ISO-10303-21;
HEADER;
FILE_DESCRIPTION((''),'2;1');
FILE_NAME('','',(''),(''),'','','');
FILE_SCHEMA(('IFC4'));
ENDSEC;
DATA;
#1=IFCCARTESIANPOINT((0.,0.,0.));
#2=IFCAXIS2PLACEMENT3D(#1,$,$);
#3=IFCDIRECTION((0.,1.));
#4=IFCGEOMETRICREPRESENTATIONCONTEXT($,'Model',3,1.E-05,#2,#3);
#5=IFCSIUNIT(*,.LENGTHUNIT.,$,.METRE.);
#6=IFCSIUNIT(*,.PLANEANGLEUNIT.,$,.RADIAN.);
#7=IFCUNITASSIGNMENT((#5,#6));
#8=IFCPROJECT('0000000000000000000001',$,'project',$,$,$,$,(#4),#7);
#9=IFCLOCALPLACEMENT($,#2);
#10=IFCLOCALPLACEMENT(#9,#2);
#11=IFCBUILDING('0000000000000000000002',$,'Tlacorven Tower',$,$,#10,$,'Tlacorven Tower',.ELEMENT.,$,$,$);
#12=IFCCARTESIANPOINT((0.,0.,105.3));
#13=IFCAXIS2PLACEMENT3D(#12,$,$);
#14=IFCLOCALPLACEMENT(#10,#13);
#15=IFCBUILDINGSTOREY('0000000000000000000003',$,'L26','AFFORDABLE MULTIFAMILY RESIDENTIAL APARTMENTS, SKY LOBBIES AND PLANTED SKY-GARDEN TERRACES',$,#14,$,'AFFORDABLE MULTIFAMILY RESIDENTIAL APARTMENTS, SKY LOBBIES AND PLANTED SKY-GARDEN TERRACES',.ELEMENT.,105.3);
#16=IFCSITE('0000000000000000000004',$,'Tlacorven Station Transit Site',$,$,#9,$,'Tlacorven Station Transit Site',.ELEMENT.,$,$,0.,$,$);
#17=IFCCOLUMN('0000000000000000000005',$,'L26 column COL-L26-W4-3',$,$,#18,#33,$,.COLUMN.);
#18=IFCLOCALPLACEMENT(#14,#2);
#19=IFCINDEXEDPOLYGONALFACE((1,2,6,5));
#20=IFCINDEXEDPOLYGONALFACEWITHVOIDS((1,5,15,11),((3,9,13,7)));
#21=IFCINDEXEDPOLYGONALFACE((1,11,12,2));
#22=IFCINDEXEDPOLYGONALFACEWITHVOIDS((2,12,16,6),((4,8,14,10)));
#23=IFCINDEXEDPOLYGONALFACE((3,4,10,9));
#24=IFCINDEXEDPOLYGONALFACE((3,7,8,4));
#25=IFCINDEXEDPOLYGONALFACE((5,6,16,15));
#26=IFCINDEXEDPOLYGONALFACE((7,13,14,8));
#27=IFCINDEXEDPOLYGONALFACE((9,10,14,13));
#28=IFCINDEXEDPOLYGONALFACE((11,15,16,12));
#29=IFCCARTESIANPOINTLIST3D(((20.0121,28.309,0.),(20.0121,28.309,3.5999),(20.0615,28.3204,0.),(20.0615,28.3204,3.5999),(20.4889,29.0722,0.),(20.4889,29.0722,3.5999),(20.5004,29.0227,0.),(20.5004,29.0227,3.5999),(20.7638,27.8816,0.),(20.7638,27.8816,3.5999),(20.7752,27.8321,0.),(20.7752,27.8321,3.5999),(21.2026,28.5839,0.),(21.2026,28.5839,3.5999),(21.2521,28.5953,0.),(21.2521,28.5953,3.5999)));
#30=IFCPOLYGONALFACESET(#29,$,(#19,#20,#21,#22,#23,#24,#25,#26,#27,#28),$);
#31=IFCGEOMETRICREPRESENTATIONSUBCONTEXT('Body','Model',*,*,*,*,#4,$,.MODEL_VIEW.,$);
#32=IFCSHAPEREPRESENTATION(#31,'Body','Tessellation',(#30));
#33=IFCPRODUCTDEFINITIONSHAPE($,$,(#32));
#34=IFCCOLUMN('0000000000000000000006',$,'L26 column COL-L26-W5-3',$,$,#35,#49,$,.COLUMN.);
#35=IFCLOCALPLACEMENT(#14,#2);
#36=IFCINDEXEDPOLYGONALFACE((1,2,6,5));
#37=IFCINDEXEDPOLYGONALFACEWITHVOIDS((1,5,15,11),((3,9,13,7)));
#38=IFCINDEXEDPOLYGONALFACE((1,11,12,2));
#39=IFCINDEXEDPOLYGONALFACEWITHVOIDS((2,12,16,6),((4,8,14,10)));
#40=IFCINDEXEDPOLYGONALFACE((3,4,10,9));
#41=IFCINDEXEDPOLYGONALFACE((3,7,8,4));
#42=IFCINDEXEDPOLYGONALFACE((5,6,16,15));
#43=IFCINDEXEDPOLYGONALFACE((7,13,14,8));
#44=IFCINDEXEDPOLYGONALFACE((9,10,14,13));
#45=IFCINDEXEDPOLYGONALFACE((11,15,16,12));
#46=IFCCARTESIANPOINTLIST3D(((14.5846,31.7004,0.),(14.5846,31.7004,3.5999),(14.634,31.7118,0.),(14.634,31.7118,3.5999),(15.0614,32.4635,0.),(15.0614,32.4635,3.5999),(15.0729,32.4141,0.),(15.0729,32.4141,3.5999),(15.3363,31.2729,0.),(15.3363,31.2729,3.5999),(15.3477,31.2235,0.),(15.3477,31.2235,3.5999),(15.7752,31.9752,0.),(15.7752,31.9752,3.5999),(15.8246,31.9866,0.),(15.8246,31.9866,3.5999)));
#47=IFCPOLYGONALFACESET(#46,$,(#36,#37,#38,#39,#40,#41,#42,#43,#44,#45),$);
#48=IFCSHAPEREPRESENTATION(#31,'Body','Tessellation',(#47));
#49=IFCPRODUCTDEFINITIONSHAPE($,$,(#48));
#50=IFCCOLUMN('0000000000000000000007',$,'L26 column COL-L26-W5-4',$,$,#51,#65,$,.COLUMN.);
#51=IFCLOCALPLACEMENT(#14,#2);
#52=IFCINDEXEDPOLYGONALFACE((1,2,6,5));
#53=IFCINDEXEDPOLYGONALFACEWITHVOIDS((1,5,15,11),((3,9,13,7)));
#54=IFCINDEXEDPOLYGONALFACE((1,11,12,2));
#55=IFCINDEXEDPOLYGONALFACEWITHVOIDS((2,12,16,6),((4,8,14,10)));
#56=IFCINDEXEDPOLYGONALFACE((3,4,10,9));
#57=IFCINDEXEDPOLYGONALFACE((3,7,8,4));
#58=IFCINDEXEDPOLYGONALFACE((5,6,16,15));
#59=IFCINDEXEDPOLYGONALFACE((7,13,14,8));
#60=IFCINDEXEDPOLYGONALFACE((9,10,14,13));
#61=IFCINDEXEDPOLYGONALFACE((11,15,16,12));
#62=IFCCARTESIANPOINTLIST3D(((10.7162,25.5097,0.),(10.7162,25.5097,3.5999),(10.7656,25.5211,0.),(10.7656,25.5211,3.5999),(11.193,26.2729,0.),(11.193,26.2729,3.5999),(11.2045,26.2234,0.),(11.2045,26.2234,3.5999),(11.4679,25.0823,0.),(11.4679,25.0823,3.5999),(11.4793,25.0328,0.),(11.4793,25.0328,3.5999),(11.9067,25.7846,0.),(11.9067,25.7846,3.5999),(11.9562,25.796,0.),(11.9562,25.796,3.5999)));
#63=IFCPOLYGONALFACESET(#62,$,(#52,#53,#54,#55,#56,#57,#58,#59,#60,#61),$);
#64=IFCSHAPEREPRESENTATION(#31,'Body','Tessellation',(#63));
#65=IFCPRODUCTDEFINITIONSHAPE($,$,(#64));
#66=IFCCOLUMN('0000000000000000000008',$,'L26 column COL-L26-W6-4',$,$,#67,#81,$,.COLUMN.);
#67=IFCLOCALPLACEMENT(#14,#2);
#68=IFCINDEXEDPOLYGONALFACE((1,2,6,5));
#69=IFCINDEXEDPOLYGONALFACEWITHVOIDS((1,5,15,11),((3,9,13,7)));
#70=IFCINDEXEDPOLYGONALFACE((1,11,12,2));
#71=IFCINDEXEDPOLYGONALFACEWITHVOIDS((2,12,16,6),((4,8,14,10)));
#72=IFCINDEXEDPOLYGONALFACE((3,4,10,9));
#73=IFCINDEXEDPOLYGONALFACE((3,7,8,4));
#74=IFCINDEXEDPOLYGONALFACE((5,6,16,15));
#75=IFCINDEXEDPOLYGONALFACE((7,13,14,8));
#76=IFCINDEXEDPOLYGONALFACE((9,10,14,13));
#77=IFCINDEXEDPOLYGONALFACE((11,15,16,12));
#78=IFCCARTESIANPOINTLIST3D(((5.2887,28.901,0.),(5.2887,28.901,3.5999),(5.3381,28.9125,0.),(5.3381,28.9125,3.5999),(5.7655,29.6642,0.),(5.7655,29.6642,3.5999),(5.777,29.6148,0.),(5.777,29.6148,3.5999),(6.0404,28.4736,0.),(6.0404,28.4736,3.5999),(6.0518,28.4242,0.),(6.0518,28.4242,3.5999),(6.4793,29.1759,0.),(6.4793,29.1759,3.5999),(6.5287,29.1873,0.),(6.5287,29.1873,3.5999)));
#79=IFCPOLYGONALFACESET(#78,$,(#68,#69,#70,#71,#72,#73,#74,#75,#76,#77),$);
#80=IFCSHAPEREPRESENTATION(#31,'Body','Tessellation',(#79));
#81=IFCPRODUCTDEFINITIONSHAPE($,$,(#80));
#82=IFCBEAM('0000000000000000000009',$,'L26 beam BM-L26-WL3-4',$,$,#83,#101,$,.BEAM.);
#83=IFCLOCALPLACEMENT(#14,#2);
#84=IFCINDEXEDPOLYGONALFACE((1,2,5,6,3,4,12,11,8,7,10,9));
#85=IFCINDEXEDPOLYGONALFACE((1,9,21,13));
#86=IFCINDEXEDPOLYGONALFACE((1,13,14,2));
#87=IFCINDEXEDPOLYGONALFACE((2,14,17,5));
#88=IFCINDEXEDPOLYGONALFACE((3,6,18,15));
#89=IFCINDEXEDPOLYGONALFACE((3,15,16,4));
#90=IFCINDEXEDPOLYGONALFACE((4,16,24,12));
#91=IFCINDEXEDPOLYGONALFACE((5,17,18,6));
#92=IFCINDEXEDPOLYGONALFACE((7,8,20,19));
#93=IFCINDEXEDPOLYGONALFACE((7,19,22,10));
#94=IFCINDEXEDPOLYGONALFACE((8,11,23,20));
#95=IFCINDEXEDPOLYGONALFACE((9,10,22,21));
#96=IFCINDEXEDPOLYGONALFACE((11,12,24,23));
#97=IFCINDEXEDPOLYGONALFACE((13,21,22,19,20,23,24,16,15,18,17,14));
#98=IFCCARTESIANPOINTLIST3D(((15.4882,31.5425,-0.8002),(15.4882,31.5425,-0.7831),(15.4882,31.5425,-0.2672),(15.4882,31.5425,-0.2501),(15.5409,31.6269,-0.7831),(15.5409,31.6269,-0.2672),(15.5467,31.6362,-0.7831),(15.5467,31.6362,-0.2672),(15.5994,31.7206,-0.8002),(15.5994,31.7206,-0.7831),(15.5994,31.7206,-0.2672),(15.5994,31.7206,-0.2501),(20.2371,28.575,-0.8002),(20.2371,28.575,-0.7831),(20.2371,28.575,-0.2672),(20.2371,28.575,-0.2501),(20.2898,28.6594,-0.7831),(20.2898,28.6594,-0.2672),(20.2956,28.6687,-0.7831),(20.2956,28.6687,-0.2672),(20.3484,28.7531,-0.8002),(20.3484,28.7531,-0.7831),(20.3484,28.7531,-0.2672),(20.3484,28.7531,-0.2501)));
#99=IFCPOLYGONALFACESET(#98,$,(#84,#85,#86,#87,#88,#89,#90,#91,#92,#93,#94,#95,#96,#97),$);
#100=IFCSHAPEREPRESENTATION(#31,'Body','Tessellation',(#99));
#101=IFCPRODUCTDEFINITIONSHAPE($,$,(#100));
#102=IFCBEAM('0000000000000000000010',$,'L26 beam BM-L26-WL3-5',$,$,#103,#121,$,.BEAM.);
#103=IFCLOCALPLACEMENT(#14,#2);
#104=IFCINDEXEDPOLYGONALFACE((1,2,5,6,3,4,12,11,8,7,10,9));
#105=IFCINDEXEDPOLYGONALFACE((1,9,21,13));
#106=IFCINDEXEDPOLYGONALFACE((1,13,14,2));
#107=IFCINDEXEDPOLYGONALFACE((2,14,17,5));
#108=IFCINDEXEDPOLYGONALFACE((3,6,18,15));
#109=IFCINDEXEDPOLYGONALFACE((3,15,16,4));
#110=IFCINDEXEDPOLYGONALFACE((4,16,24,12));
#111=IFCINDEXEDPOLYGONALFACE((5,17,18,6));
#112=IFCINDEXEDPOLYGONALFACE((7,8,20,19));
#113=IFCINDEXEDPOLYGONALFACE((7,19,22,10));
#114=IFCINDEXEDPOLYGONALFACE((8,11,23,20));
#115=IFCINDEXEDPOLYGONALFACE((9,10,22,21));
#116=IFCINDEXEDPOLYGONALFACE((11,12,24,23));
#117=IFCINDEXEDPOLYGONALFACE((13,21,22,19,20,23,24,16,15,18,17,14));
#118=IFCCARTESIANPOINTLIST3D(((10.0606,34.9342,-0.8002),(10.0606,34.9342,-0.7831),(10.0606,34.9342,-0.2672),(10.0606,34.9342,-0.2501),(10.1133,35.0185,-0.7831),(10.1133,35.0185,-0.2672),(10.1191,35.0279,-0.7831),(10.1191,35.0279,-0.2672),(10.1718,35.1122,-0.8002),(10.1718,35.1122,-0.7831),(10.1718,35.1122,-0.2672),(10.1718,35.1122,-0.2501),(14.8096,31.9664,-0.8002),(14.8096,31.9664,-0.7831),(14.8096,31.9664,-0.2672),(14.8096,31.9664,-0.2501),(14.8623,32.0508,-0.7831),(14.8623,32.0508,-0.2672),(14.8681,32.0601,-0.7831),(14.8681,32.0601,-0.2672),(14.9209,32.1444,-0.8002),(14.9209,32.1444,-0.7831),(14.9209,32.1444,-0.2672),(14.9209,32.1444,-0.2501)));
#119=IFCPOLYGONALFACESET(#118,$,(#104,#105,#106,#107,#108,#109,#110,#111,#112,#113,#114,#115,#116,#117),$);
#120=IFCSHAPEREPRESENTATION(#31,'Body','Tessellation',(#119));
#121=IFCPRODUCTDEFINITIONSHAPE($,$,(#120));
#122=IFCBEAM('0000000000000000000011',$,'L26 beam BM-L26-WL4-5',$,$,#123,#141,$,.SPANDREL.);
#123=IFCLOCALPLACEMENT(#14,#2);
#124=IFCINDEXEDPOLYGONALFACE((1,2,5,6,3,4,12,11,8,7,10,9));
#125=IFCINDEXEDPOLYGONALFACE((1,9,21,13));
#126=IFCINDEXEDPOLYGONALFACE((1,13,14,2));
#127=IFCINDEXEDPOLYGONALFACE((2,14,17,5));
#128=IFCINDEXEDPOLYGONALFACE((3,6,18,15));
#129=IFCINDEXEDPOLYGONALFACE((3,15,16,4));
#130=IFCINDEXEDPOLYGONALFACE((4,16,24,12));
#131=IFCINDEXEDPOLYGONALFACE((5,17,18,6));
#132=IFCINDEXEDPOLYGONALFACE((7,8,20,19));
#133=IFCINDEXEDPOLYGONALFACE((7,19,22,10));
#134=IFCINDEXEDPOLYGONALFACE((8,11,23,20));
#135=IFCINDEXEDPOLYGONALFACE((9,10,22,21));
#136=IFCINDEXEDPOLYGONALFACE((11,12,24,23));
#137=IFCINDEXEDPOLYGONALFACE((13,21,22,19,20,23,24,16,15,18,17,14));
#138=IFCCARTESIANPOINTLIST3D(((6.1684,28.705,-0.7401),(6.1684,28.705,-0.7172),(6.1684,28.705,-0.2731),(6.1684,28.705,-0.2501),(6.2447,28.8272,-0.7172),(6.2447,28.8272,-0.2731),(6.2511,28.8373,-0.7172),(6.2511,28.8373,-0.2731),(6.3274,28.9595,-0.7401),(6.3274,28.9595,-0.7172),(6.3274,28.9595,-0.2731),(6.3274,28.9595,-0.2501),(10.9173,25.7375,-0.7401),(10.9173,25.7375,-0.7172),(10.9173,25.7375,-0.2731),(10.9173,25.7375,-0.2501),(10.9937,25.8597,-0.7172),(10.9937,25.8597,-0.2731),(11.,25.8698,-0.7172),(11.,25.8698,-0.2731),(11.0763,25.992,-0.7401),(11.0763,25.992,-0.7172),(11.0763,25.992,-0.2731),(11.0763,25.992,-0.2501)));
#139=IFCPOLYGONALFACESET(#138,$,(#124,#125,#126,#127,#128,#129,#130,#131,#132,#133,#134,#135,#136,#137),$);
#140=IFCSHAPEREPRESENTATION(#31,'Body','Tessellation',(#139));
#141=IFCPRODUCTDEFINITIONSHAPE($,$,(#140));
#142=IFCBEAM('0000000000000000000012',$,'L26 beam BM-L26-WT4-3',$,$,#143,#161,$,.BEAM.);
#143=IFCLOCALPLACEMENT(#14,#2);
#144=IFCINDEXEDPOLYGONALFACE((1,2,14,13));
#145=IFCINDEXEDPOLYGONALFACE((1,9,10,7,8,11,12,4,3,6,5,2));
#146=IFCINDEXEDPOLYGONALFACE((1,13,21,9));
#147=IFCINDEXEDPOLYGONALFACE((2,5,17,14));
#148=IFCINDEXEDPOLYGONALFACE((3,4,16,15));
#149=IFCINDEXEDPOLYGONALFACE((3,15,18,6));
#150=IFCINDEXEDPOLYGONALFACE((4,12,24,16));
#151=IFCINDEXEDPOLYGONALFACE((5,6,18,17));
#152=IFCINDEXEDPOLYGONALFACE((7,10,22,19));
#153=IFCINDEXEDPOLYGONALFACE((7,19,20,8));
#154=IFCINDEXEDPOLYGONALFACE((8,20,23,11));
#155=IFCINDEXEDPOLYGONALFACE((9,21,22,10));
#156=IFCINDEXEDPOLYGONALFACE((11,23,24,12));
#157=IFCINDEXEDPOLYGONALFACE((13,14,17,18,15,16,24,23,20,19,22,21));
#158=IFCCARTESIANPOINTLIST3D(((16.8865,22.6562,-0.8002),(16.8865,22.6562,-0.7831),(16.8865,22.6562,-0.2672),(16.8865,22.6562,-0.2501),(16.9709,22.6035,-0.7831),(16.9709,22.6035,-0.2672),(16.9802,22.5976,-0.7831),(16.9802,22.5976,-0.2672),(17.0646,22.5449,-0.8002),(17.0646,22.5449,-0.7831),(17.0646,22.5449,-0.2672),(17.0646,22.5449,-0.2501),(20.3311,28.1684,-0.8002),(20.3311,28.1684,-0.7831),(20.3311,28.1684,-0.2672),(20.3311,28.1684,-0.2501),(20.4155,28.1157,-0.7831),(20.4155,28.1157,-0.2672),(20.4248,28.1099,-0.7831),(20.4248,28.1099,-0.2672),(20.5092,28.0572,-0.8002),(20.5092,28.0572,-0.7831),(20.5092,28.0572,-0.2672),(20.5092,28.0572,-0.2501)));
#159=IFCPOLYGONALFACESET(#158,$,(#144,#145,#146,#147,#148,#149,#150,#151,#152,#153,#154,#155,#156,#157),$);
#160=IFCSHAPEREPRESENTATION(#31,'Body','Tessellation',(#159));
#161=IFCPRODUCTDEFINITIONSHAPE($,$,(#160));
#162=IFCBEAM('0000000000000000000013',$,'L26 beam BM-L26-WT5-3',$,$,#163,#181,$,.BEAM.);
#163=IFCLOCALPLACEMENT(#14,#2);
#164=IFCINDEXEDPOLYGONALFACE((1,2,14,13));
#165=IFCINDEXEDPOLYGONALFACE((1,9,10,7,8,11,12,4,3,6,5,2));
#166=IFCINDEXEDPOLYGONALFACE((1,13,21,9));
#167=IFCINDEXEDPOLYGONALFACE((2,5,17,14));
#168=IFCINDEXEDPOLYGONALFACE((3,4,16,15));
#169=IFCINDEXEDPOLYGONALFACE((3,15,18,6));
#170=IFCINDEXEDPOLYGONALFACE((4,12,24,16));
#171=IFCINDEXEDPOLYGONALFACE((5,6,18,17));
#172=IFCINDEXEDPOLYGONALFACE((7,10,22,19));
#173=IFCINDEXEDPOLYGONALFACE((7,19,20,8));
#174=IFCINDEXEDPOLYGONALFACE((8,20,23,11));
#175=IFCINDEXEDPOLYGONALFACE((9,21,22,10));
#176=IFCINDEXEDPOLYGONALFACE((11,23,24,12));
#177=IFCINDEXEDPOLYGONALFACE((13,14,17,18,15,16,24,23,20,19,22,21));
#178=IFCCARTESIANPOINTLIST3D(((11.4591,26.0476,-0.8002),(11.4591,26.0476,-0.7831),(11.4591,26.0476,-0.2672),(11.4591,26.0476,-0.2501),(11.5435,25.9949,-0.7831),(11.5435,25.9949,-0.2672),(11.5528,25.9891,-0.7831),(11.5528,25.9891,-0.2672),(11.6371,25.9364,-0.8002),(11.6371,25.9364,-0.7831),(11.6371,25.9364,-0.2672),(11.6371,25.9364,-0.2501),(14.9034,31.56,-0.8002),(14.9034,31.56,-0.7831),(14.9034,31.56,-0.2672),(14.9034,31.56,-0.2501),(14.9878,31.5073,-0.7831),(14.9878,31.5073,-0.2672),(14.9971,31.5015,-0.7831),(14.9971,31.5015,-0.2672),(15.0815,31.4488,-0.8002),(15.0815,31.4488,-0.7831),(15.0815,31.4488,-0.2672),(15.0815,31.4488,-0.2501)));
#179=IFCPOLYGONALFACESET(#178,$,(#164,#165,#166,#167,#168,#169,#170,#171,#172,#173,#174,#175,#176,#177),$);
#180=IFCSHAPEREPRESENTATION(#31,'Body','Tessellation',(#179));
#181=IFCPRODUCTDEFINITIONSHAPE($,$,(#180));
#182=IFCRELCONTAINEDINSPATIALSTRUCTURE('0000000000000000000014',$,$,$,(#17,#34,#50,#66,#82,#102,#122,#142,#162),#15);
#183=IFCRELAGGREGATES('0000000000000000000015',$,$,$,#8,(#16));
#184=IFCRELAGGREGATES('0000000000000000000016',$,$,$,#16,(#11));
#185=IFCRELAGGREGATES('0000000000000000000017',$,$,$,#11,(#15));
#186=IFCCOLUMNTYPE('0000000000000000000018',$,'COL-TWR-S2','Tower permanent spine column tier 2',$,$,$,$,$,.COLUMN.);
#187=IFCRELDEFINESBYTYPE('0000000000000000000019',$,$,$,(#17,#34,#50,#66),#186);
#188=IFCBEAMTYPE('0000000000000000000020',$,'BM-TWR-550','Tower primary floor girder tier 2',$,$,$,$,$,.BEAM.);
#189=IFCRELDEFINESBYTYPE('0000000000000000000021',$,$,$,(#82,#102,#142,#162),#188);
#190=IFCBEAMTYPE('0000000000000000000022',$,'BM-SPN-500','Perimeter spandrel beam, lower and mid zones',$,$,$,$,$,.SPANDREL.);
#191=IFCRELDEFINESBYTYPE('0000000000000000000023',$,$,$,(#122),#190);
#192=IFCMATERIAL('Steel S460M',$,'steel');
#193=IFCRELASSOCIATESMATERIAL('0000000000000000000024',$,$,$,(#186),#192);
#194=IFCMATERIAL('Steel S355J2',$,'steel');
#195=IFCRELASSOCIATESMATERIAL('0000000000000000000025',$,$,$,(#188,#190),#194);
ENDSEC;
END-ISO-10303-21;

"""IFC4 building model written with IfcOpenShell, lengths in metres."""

from ifc_helpers import new_model, si_unit, direction, frame, origin, origin_2d, place, context, subcontext, project, spatial, hollow_rectangle, i_section, extrude, source, transform, mapped, material, material_profile, profile_set, type_object, element, save


model = new_model("IFC4")

# Units and contexts
model_context = context("Model", 3, precision=1e-05, world=origin(), true_north=direction((0.0, 1.0)))
body_context = subcontext(model_context, "Body", "Model", "MODEL_VIEW")
ifc_project = project(units=[si_unit("LENGTHUNIT", "METRE"), si_unit("PLANEANGLEUNIT", "RADIAN")], contexts=[model_context])

# Site, building, storey
site_placement = place(None, origin())
site = spatial("IfcSite", under=ifc_project, at=site_placement, Name="Tlacorven Station Transit Site", LongName="Tlacorven Station Transit Site", CompositionType="ELEMENT", RefElevation=0.0)
building_placement = place(site_placement, origin())
building = spatial("IfcBuilding", under=site, at=building_placement, Name="Tlacorven Tower", LongName="Tlacorven Tower", CompositionType="ELEMENT")
storey_placement = place(building_placement, frame((0.0, 0.0, 105.3)))
storey = spatial("IfcBuildingStorey", under=building, at=storey_placement, Name="L26", Description="AFFORDABLE MULTIFAMILY RESIDENTIAL APARTMENTS, SKY LOBBIES AND PLANTED SKY-GARDEN TERRACES", LongName="AFFORDABLE MULTIFAMILY RESIDENTIAL APARTMENTS, SKY LOBBIES AND PLANTED SKY-GARDEN TERRACES", CompositionType="ELEMENT", Elevation=105.3)

# Columns
ifc_material_1 = material(Name="Steel S460M", Category="steel")
ifc_material_profile_1 = material_profile(ifc_material_1, hollow_rectangle(XDim=0.8999, YDim=0.8999, WallThickness=0.0359, at=origin_2d()), Name="BOX 900X900X36")
ifc_profile_set_1 = profile_set([ifc_material_profile_1], Name="Steel S460M")
column_type = type_object("IfcColumnType", Name="COL-TWR-S2", Description="Tower permanent spine column tier 2", PredefinedType="COLUMN", material=ifc_profile_set_1)
shared_shape_1 = source(origin(), body_context, "Body", "SweptSolid", [
    extrude(hollow_rectangle(XDim=0.8999, YDim=0.8999, WallThickness=0.0359, at=origin_2d()), origin(), (0.0, 0.0, 1.0), 3.5999),
])
for number, where, z_axis, x_axis, name in (
    (1, (20.6321, 28.4521, 0.0), (0.0, 0.0, 1.0), (-0.848048, 0.529919, 0.0), "L26 column COL-L26-W4-3"),
    (2, (15.2046, 31.8435, 0.0), (0.0, 0.0, 1.0), (-0.848048, 0.529919, 0.0), "L26 column COL-L26-W5-3"),
    (3, (11.3362, 25.6528, 0.0), (0.0, 0.0, 1.0), (-0.848048, 0.529919, 0.0), "L26 column COL-L26-W5-4"),
    (4, (5.9087, 29.0442, 0.0), (0.0, 0.0, 1.0), (-0.848048, 0.529919, 0.0), "L26 column COL-L26-W6-4"),
):
    element("IfcColumn", number, at=place(storey_placement, frame(where, z_axis=z_axis, x_axis=x_axis)), inside=storey, type_object=column_type, Name=name, PredefinedType="COLUMN", context=body_context, shape_type="MappedRepresentation", body=[
        mapped(shared_shape_1, transform((0.0, 0.0, 0.0), scale=1.0)),
    ])

# Beams
ifc_material_2 = material(Name="Steel S355J2", Category="steel")
ifc_material_profile_2 = material_profile(ifc_material_2, i_section(OverallWidth=0.21, OverallDepth=0.55, WebThickness=0.011, FlangeThickness=0.0171, at=origin_2d()), Name="IPE 550")
ifc_profile_set_2 = profile_set([ifc_material_profile_2], Name="Steel S355J2")
beam_type_1 = type_object("IfcBeamType", Name="BM-TWR-550", Description="Tower primary floor girder tier 2", PredefinedType="BEAM", material=ifc_profile_set_2)
shared_shape_2 = source(origin(), body_context, "Body", "SweptSolid", [
    extrude(i_section(OverallWidth=0.21, OverallDepth=0.55, WebThickness=0.011, FlangeThickness=0.0171, at=origin_2d()), origin(), (0.0, 0.0, 1.0), 5.5999),
])
beam_1_placement = place(storey_placement, frame((20.2927, 28.6641, -0.5251), z_axis=(-0.848047, 0.529921, 0.0), x_axis=(-0.529921, -0.848047, 0.0)))
element("IfcBeam", 5, at=beam_1_placement, inside=storey, type_object=beam_type_1, Name="L26 beam BM-L26-WL3-4", PredefinedType="BEAM", context=body_context, shape_type="MappedRepresentation", body=[
    mapped(shared_shape_2, transform((0.0, 0.0, 0.0), scale=1.0)),
])
shared_shape_3 = source(origin(), body_context, "Body", "SweptSolid", [
    extrude(i_section(OverallWidth=0.21, OverallDepth=0.55, WebThickness=0.011, FlangeThickness=0.0171, at=origin_2d()), origin(), (0.0, 0.0, 1.0), 5.6001),
])
beam_2_placement = place(storey_placement, frame((14.8652, 32.0554, -0.5251), z_axis=(-0.848028, 0.529952, 0.0), x_axis=(-0.529952, -0.848028, 0.0)))
element("IfcBeam", 6, at=beam_2_placement, inside=storey, type_object=beam_type_1, Name="L26 beam BM-L26-WL3-5", PredefinedType="BEAM", context=body_context, shape_type="MappedRepresentation", body=[
    mapped(shared_shape_3, transform((0.0, 0.0, 0.0), scale=1.0)),
])
ifc_material_profile_3 = material_profile(ifc_material_2, i_section(OverallWidth=0.3, OverallDepth=0.49, WebThickness=0.012, FlangeThickness=0.0229, at=origin_2d()), Name="HEA 500")
ifc_profile_set_3 = profile_set([ifc_material_profile_3], Name="Steel S355J2")
beam_type_2 = type_object("IfcBeamType", Name="BM-SPN-500", Description="Perimeter spandrel beam, lower and mid zones", PredefinedType="SPANDREL", material=ifc_profile_set_3)
shared_shape_4 = source(origin(), body_context, "Body", "SweptSolid", [
    extrude(i_section(OverallWidth=0.3, OverallDepth=0.49, WebThickness=0.012, FlangeThickness=0.0229, at=origin_2d()), origin(), (0.0, 0.0, 1.0), 5.5999),
])
beam_3_placement = place(storey_placement, frame((10.9968, 25.8647, -0.4951), z_axis=(-0.848047, 0.529921, 0.0), x_axis=(-0.529921, -0.848047, 0.0)))
element("IfcBeam", 7, at=beam_3_placement, inside=storey, type_object=beam_type_2, Name="L26 beam BM-L26-WL4-5", PredefinedType="SPANDREL", context=body_context, shape_type="MappedRepresentation", body=[
    mapped(shared_shape_4, transform((0.0, 0.0, 0.0), scale=1.0)),
])
shared_shape_5 = source(origin(), body_context, "Body", "SweptSolid", [
    extrude(i_section(OverallWidth=0.21, OverallDepth=0.55, WebThickness=0.011, FlangeThickness=0.0171, at=origin_2d()), origin(), (0.0, 0.0, 1.0), 6.5),
])
for number, where, z_axis, x_axis, name in (
    (8, (20.4202, 28.1128, -0.5251), (-0.529938, -0.848036, 0.0), (0.848036, -0.529938, 0.0), "L26 beam BM-L26-WT4-3"),
    (9, (14.9924, 31.5044, -0.5251), (-0.529894, -0.848064, 0.0), (0.848064, -0.529894, 0.0), "L26 beam BM-L26-WT5-3"),
):
    element("IfcBeam", number, at=place(storey_placement, frame(where, z_axis=z_axis, x_axis=x_axis)), inside=storey, type_object=beam_type_1, Name=name, PredefinedType="BEAM", context=body_context, shape_type="MappedRepresentation", body=[
        mapped(shared_shape_5, transform((0.0, 0.0, 0.0), scale=1.0)),
    ])

save(model, "model.ifc")
